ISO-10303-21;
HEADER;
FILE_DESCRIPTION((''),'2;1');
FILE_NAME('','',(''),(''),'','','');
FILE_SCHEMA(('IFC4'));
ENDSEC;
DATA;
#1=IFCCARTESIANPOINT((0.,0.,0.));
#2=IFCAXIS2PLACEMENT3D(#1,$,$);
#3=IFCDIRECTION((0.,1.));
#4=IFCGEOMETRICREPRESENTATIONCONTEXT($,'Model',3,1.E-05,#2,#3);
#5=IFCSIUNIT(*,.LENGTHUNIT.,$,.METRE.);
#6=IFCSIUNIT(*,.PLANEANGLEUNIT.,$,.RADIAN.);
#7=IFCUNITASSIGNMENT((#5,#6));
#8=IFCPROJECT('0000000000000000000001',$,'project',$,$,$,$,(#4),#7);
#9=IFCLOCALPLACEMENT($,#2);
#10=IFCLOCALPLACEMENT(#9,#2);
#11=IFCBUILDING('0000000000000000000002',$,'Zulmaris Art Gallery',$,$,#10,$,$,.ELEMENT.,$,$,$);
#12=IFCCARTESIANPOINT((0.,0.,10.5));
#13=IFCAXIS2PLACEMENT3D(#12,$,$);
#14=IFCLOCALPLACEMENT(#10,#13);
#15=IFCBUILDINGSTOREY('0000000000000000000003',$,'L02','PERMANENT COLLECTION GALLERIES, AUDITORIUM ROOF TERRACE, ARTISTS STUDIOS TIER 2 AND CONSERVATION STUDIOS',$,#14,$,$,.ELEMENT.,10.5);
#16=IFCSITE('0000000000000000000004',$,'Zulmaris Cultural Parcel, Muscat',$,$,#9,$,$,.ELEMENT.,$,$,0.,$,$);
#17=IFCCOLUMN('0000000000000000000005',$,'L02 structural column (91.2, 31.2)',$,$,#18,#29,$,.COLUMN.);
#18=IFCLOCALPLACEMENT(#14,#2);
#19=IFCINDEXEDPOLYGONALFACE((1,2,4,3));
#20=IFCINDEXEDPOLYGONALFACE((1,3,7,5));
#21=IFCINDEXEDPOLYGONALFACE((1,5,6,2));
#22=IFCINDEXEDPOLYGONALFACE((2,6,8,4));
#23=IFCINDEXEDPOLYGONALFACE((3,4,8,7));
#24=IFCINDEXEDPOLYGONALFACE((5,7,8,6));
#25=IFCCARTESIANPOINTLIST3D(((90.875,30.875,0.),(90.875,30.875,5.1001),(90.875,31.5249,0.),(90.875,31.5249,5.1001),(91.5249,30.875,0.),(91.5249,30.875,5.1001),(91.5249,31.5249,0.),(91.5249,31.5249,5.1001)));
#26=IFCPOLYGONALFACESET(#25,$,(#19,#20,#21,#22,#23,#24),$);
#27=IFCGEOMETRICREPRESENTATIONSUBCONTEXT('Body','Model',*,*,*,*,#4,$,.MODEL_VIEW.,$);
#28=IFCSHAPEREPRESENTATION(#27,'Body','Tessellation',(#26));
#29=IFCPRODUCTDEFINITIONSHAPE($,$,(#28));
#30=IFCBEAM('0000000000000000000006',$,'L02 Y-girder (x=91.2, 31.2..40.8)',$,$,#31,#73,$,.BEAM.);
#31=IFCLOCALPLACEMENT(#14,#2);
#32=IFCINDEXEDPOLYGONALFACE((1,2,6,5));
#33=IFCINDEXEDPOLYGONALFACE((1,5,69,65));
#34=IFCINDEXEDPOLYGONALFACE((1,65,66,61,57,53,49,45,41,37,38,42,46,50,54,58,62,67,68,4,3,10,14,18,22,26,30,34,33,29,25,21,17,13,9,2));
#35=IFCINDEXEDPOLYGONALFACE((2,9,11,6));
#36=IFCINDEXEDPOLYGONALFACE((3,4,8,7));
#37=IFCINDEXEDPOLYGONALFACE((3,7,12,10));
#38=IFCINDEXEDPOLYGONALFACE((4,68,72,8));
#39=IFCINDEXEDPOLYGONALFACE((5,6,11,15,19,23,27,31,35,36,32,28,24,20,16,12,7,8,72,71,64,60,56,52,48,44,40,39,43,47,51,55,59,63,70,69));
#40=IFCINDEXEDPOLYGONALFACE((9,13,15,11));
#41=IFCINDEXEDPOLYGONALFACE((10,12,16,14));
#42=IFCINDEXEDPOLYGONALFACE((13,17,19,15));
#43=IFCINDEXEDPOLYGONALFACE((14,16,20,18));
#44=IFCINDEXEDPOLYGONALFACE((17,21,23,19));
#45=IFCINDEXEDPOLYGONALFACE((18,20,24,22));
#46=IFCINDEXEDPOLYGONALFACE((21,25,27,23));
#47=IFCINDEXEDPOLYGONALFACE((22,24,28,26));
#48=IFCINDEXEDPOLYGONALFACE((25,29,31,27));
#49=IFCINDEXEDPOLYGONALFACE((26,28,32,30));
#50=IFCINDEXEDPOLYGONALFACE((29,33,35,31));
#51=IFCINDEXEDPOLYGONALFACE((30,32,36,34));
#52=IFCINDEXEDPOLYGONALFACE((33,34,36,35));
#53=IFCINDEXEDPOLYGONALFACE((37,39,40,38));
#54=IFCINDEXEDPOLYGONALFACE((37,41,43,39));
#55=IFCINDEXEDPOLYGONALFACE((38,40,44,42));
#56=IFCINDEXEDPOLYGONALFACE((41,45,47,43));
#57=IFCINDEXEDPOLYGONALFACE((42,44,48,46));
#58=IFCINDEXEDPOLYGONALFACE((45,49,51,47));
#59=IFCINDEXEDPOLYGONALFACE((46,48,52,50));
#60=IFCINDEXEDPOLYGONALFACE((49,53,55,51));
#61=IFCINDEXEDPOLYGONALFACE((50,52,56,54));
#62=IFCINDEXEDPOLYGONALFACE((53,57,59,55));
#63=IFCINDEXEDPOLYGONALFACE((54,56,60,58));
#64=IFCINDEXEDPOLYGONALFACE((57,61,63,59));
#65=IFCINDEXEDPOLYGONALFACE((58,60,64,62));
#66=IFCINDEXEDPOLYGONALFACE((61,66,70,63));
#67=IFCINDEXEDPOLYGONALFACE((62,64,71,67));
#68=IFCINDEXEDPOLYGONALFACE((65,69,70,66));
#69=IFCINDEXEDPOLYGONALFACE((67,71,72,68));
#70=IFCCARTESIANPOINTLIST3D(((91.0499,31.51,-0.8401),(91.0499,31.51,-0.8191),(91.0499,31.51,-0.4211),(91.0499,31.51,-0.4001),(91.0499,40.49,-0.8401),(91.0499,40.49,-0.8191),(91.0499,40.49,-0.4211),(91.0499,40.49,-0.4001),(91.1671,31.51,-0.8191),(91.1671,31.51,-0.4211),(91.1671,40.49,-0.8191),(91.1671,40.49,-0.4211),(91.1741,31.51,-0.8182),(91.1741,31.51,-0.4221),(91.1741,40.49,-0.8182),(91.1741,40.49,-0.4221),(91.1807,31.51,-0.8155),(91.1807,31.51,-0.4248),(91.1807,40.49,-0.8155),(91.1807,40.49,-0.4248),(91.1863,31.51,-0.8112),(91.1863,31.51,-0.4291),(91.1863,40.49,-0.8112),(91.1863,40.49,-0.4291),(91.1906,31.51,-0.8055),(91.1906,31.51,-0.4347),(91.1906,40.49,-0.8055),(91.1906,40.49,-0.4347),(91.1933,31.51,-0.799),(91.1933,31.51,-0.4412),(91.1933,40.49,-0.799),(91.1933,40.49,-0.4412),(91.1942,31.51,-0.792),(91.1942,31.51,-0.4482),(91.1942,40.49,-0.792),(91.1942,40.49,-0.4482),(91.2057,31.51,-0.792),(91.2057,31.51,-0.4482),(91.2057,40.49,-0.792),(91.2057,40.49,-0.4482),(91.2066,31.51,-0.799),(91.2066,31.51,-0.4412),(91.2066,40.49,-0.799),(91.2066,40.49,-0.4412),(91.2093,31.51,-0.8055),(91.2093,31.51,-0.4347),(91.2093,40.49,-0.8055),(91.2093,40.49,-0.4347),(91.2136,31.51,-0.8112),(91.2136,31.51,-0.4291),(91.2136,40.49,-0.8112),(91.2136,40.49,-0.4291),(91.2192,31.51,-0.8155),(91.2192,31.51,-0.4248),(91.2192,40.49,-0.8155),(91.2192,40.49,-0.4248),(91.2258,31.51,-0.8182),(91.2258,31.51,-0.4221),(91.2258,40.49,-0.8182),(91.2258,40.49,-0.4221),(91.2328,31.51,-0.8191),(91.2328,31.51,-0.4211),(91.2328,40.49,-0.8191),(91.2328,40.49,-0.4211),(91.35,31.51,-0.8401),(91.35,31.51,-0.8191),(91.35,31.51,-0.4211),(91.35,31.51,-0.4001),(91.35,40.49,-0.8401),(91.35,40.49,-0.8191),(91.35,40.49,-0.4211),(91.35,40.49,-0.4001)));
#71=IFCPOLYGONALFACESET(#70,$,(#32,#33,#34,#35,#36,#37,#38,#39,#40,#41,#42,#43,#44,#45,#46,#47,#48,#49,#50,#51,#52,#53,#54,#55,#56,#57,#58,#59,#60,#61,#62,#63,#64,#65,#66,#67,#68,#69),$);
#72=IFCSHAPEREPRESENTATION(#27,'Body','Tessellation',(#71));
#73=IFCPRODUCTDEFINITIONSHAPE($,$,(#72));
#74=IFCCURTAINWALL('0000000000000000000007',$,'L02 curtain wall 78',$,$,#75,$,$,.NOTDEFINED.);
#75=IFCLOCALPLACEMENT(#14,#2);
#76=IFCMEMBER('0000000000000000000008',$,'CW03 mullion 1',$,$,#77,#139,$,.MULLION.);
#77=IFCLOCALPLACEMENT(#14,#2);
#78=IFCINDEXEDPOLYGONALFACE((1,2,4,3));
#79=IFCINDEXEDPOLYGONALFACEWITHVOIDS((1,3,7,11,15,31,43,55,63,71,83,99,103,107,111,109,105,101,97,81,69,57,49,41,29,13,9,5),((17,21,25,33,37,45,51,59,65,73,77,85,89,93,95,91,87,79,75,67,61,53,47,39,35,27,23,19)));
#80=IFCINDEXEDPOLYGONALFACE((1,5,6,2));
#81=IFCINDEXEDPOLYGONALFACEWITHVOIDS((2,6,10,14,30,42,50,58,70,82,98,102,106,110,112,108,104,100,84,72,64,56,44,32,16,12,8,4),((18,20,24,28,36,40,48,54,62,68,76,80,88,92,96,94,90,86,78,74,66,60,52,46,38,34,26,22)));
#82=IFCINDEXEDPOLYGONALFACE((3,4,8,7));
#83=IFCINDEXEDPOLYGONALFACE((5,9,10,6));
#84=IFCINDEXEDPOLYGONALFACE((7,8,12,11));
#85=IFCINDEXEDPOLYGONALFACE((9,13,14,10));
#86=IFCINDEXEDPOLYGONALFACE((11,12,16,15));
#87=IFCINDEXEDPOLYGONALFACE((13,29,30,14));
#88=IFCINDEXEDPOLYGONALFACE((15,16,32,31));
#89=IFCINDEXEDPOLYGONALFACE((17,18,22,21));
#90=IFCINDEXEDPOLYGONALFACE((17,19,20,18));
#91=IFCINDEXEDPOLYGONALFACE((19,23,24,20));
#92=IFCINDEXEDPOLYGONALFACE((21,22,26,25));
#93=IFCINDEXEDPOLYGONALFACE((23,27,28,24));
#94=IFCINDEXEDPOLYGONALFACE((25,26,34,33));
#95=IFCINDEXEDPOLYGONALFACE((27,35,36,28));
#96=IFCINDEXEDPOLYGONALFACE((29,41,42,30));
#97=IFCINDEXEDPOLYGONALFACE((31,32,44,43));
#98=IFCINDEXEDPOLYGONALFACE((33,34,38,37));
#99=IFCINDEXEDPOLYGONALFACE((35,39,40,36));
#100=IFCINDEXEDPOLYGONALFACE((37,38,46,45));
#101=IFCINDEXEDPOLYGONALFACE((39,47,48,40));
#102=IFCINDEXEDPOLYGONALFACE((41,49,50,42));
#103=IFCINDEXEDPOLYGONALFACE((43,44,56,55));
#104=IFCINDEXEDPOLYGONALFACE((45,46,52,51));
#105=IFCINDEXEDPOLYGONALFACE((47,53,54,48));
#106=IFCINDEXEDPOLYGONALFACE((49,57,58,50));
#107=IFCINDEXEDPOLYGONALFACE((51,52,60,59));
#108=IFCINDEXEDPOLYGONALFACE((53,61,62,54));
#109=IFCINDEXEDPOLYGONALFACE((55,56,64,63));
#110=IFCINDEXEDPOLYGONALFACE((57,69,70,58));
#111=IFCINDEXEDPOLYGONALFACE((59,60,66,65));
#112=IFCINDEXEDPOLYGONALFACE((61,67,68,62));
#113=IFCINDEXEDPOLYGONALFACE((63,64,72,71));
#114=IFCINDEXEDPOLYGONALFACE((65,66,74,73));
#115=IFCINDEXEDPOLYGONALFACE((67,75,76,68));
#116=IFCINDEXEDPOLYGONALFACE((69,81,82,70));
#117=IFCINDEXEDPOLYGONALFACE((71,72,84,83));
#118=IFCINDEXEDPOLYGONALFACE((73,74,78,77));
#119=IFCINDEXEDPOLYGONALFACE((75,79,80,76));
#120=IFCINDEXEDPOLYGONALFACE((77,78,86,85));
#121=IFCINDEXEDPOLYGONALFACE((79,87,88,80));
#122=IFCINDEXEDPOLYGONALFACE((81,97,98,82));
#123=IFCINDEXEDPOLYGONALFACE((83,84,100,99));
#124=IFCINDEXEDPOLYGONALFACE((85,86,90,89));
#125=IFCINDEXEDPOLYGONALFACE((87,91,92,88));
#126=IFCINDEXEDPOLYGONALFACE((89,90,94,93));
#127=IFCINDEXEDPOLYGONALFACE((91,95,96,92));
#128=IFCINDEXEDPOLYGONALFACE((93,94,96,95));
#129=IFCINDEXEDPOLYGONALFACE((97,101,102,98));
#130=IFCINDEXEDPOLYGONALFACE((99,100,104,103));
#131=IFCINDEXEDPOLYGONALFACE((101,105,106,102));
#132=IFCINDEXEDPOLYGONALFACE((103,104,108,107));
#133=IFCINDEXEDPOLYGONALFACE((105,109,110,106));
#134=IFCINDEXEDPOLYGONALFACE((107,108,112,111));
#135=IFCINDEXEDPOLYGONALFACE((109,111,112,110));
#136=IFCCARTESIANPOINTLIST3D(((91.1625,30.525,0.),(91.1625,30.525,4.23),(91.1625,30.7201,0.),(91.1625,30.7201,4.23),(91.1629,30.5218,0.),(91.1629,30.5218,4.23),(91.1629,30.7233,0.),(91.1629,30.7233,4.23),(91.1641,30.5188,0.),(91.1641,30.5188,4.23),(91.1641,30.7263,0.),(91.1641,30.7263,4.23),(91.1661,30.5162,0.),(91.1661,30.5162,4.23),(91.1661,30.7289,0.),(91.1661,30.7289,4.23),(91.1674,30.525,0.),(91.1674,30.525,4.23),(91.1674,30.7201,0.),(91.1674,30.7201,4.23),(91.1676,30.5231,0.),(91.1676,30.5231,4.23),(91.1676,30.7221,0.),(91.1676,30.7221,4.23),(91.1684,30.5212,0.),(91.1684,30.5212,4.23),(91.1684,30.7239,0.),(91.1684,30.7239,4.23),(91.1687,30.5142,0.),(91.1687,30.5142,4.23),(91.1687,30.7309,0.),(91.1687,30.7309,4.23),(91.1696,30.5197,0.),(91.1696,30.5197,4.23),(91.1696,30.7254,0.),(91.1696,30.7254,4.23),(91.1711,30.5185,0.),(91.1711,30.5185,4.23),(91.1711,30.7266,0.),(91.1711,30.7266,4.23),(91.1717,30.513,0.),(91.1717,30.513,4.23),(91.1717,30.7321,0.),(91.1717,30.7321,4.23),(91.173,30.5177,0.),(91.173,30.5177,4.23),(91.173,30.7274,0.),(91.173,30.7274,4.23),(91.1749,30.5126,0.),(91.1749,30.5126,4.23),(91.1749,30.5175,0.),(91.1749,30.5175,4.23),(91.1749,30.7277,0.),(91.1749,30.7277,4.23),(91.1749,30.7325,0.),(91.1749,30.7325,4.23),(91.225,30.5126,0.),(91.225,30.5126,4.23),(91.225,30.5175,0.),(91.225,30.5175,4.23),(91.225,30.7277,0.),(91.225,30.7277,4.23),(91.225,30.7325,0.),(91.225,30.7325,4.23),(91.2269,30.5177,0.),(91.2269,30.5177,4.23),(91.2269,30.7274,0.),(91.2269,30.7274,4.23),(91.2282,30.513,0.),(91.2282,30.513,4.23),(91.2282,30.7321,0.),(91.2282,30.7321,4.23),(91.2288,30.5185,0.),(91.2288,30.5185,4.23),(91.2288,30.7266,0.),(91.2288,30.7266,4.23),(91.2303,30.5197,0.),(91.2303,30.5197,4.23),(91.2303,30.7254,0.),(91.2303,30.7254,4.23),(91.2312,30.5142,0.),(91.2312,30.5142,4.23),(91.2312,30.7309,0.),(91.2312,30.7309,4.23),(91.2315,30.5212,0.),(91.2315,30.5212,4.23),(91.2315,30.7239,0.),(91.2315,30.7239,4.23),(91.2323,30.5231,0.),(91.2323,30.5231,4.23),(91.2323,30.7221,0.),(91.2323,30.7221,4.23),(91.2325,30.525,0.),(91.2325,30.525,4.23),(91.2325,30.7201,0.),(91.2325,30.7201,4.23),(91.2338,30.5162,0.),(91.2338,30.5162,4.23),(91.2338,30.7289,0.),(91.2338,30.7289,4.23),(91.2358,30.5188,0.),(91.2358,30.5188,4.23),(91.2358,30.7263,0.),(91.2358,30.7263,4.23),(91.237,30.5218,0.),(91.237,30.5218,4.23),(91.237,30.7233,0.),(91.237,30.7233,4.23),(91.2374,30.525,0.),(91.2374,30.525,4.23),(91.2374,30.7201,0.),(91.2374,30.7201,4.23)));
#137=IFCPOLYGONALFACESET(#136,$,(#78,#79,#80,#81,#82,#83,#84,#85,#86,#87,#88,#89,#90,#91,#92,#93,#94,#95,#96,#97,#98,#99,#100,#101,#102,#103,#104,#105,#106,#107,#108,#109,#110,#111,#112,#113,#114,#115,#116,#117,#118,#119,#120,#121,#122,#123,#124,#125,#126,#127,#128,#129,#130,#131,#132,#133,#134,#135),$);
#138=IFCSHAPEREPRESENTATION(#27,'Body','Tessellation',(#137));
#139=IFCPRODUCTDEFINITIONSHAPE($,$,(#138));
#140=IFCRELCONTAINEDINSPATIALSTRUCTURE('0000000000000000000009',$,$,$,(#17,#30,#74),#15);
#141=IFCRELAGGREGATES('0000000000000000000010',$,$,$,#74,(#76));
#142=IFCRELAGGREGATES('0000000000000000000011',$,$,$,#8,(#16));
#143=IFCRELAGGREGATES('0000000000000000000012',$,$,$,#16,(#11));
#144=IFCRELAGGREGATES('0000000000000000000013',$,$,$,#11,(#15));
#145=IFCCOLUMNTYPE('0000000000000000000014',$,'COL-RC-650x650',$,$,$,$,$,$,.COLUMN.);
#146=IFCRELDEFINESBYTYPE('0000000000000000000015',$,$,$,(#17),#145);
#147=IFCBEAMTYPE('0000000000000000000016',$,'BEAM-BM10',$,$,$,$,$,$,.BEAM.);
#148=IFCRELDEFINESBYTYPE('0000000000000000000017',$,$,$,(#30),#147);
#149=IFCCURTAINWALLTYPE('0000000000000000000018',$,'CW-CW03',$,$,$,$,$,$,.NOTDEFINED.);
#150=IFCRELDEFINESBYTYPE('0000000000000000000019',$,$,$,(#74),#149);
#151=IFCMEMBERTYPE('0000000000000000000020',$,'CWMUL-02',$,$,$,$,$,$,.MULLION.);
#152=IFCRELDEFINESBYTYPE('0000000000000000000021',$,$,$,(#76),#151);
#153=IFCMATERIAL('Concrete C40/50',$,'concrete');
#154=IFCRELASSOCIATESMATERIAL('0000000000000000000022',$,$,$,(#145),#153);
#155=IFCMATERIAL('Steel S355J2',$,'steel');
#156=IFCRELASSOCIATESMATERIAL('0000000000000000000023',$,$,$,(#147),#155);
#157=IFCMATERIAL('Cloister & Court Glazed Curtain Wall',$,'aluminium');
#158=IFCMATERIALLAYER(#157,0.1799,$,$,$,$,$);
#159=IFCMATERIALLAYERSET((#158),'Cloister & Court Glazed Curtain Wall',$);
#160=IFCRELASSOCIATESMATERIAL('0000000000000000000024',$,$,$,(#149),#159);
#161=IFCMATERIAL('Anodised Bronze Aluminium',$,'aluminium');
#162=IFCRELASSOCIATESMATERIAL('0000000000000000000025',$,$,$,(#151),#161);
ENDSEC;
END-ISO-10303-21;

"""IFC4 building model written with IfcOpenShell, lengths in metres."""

from ifc_helpers import new_model, si_unit, direction, frame, origin, origin_2d, place, context, subcontext, project, spatial, rectangle, hollow_rectangle, i_section, extrude, material, layer, layer_set, material_profile, profile_set, type_object, element, aggregate, save


model = new_model("IFC4")

# Units and contexts
model_context = context("Model", 3, precision=1e-05, world=origin(), true_north=direction((0.0, 1.0)))
body_context = subcontext(model_context, "Body", "Model", "MODEL_VIEW")
ifc_project = project(units=[si_unit("LENGTHUNIT", "METRE"), si_unit("PLANEANGLEUNIT", "RADIAN")], contexts=[model_context])

# Site, building, storey
site_placement = place(None, origin())
site = spatial("IfcSite", under=ifc_project, at=site_placement, Name="Zulmaris Cultural Parcel, Muscat", CompositionType="ELEMENT", RefElevation=0.0)
building_placement = place(site_placement, origin())
building = spatial("IfcBuilding", under=site, at=building_placement, Name="Zulmaris Art Gallery", CompositionType="ELEMENT")
storey_placement = place(building_placement, frame((0.0, 0.0, 10.5)))
storey = spatial("IfcBuildingStorey", under=building, at=storey_placement, Name="L02", Description="PERMANENT COLLECTION GALLERIES, AUDITORIUM ROOF TERRACE, ARTISTS STUDIOS TIER 2 AND CONSERVATION STUDIOS", CompositionType="ELEMENT", Elevation=10.5)

# Column
ifc_material_1 = material(Name="Concrete C40/50", Category="concrete")
ifc_material_profile_1 = material_profile(ifc_material_1, rectangle(XDim=0.6499, YDim=0.6499, at=origin_2d()), Name="RC 650x650")
ifc_profile_set_1 = profile_set([ifc_material_profile_1], Name="Concrete C40/50")
column_type = type_object("IfcColumnType", Name="COL-RC-650x650", PredefinedType="COLUMN", material=ifc_profile_set_1)
column_placement = place(storey_placement, frame((91.2, 31.2, 0.0), z_axis=(0.0, 0.0, 1.0), x_axis=(1.0, 0.0, 0.0)))
element("IfcColumn", 1, at=column_placement, inside=storey, type_object=column_type, Name="L02 structural column (91.2, 31.2)", PredefinedType="COLUMN", context=body_context, shape_type="SweptSolid", body=[
    extrude(rectangle(XDim=0.6499, YDim=0.6499, at=origin_2d()), origin(), (0.0, 0.0, 1.0), 5.1001),
])

# Beam
ifc_material_2 = material(Name="Steel S355J2", Category="steel")
ifc_material_profile_2 = material_profile(ifc_material_2, i_section(OverallWidth=0.3, OverallDepth=0.4399, WebThickness=0.0115, FlangeThickness=0.021, FilletRadius=0.0271, at=origin_2d()), Name="HEA 450")
ifc_profile_set_2 = profile_set([ifc_material_profile_2], Name="Steel S355J2")
beam_type = type_object("IfcBeamType", Name="BEAM-BM10", PredefinedType="BEAM", material=ifc_profile_set_2)
beam_placement = place(storey_placement, frame((91.2, 31.51, -0.6201), z_axis=(0.0, 1.0, 0.0), x_axis=(-1.0, 0.0, 0.0)))
element("IfcBeam", 2, at=beam_placement, inside=storey, type_object=beam_type, Name="L02 Y-girder (x=91.2, 31.2..40.8)", PredefinedType="BEAM", context=body_context, shape_type="SweptSolid", body=[
    extrude(i_section(OverallWidth=0.3, OverallDepth=0.4399, WebThickness=0.0115, FlangeThickness=0.021, FilletRadius=0.0271, at=origin_2d()), origin(), (0.0, 0.0, 1.0), 8.98),
])

# Curtain wall, member
ifc_material_3 = material(Name="Cloister & Court Glazed Curtain Wall", Category="aluminium")
ifc_layer_1 = layer(ifc_material_3, 0.1799)
ifc_layer_set_1 = layer_set([ifc_layer_1], Name="Cloister & Court Glazed Curtain Wall")
curtain_wall_type = type_object("IfcCurtainWallType", Name="CW-CW03", PredefinedType="NOTDEFINED", material=ifc_layer_set_1)
curtain_wall_1_placement = place(storey_placement, origin())
curtain_wall_1 = element("IfcCurtainWall", 3, at=curtain_wall_1_placement, inside=storey, type_object=curtain_wall_type, Name="L02 curtain wall 78", PredefinedType="NOTDEFINED")
ifc_material_4 = material(Name="Anodised Bronze Aluminium", Category="aluminium")
ifc_material_profile_3 = material_profile(ifc_material_4, hollow_rectangle(XDim=0.075, YDim=0.22, WallThickness=0.0049, InnerFilletRadius=0.0076, OuterFilletRadius=0.0125, at=origin_2d()), Name="ALU 75x220x5")
ifc_profile_set_3 = profile_set([ifc_material_profile_3], Name="Anodised Bronze Aluminium")
member_type_1 = type_object("IfcMemberType", Name="CWMUL-02", PredefinedType="MULLION", material=ifc_profile_set_3)
member_1_placement = place(storey_placement, frame((91.2, 30.6226, 0.0), z_axis=(0.0, 0.0, 1.0), x_axis=(1.0, 0.0, 0.0)))
member_1 = element("IfcMember", 4, at=member_1_placement, type_object=member_type_1, Name="CW03 mullion 1", PredefinedType="MULLION", context=body_context, shape_type="SweptSolid", body=[
    extrude(hollow_rectangle(XDim=0.075, YDim=0.22, WallThickness=0.0049, InnerFilletRadius=0.0076, OuterFilletRadius=0.0125, at=origin_2d()), origin(), (0.0, 0.0, 1.0), 4.23),
])

aggregate(curtain_wall_1, [member_1])

save(model, "model.ifc")
